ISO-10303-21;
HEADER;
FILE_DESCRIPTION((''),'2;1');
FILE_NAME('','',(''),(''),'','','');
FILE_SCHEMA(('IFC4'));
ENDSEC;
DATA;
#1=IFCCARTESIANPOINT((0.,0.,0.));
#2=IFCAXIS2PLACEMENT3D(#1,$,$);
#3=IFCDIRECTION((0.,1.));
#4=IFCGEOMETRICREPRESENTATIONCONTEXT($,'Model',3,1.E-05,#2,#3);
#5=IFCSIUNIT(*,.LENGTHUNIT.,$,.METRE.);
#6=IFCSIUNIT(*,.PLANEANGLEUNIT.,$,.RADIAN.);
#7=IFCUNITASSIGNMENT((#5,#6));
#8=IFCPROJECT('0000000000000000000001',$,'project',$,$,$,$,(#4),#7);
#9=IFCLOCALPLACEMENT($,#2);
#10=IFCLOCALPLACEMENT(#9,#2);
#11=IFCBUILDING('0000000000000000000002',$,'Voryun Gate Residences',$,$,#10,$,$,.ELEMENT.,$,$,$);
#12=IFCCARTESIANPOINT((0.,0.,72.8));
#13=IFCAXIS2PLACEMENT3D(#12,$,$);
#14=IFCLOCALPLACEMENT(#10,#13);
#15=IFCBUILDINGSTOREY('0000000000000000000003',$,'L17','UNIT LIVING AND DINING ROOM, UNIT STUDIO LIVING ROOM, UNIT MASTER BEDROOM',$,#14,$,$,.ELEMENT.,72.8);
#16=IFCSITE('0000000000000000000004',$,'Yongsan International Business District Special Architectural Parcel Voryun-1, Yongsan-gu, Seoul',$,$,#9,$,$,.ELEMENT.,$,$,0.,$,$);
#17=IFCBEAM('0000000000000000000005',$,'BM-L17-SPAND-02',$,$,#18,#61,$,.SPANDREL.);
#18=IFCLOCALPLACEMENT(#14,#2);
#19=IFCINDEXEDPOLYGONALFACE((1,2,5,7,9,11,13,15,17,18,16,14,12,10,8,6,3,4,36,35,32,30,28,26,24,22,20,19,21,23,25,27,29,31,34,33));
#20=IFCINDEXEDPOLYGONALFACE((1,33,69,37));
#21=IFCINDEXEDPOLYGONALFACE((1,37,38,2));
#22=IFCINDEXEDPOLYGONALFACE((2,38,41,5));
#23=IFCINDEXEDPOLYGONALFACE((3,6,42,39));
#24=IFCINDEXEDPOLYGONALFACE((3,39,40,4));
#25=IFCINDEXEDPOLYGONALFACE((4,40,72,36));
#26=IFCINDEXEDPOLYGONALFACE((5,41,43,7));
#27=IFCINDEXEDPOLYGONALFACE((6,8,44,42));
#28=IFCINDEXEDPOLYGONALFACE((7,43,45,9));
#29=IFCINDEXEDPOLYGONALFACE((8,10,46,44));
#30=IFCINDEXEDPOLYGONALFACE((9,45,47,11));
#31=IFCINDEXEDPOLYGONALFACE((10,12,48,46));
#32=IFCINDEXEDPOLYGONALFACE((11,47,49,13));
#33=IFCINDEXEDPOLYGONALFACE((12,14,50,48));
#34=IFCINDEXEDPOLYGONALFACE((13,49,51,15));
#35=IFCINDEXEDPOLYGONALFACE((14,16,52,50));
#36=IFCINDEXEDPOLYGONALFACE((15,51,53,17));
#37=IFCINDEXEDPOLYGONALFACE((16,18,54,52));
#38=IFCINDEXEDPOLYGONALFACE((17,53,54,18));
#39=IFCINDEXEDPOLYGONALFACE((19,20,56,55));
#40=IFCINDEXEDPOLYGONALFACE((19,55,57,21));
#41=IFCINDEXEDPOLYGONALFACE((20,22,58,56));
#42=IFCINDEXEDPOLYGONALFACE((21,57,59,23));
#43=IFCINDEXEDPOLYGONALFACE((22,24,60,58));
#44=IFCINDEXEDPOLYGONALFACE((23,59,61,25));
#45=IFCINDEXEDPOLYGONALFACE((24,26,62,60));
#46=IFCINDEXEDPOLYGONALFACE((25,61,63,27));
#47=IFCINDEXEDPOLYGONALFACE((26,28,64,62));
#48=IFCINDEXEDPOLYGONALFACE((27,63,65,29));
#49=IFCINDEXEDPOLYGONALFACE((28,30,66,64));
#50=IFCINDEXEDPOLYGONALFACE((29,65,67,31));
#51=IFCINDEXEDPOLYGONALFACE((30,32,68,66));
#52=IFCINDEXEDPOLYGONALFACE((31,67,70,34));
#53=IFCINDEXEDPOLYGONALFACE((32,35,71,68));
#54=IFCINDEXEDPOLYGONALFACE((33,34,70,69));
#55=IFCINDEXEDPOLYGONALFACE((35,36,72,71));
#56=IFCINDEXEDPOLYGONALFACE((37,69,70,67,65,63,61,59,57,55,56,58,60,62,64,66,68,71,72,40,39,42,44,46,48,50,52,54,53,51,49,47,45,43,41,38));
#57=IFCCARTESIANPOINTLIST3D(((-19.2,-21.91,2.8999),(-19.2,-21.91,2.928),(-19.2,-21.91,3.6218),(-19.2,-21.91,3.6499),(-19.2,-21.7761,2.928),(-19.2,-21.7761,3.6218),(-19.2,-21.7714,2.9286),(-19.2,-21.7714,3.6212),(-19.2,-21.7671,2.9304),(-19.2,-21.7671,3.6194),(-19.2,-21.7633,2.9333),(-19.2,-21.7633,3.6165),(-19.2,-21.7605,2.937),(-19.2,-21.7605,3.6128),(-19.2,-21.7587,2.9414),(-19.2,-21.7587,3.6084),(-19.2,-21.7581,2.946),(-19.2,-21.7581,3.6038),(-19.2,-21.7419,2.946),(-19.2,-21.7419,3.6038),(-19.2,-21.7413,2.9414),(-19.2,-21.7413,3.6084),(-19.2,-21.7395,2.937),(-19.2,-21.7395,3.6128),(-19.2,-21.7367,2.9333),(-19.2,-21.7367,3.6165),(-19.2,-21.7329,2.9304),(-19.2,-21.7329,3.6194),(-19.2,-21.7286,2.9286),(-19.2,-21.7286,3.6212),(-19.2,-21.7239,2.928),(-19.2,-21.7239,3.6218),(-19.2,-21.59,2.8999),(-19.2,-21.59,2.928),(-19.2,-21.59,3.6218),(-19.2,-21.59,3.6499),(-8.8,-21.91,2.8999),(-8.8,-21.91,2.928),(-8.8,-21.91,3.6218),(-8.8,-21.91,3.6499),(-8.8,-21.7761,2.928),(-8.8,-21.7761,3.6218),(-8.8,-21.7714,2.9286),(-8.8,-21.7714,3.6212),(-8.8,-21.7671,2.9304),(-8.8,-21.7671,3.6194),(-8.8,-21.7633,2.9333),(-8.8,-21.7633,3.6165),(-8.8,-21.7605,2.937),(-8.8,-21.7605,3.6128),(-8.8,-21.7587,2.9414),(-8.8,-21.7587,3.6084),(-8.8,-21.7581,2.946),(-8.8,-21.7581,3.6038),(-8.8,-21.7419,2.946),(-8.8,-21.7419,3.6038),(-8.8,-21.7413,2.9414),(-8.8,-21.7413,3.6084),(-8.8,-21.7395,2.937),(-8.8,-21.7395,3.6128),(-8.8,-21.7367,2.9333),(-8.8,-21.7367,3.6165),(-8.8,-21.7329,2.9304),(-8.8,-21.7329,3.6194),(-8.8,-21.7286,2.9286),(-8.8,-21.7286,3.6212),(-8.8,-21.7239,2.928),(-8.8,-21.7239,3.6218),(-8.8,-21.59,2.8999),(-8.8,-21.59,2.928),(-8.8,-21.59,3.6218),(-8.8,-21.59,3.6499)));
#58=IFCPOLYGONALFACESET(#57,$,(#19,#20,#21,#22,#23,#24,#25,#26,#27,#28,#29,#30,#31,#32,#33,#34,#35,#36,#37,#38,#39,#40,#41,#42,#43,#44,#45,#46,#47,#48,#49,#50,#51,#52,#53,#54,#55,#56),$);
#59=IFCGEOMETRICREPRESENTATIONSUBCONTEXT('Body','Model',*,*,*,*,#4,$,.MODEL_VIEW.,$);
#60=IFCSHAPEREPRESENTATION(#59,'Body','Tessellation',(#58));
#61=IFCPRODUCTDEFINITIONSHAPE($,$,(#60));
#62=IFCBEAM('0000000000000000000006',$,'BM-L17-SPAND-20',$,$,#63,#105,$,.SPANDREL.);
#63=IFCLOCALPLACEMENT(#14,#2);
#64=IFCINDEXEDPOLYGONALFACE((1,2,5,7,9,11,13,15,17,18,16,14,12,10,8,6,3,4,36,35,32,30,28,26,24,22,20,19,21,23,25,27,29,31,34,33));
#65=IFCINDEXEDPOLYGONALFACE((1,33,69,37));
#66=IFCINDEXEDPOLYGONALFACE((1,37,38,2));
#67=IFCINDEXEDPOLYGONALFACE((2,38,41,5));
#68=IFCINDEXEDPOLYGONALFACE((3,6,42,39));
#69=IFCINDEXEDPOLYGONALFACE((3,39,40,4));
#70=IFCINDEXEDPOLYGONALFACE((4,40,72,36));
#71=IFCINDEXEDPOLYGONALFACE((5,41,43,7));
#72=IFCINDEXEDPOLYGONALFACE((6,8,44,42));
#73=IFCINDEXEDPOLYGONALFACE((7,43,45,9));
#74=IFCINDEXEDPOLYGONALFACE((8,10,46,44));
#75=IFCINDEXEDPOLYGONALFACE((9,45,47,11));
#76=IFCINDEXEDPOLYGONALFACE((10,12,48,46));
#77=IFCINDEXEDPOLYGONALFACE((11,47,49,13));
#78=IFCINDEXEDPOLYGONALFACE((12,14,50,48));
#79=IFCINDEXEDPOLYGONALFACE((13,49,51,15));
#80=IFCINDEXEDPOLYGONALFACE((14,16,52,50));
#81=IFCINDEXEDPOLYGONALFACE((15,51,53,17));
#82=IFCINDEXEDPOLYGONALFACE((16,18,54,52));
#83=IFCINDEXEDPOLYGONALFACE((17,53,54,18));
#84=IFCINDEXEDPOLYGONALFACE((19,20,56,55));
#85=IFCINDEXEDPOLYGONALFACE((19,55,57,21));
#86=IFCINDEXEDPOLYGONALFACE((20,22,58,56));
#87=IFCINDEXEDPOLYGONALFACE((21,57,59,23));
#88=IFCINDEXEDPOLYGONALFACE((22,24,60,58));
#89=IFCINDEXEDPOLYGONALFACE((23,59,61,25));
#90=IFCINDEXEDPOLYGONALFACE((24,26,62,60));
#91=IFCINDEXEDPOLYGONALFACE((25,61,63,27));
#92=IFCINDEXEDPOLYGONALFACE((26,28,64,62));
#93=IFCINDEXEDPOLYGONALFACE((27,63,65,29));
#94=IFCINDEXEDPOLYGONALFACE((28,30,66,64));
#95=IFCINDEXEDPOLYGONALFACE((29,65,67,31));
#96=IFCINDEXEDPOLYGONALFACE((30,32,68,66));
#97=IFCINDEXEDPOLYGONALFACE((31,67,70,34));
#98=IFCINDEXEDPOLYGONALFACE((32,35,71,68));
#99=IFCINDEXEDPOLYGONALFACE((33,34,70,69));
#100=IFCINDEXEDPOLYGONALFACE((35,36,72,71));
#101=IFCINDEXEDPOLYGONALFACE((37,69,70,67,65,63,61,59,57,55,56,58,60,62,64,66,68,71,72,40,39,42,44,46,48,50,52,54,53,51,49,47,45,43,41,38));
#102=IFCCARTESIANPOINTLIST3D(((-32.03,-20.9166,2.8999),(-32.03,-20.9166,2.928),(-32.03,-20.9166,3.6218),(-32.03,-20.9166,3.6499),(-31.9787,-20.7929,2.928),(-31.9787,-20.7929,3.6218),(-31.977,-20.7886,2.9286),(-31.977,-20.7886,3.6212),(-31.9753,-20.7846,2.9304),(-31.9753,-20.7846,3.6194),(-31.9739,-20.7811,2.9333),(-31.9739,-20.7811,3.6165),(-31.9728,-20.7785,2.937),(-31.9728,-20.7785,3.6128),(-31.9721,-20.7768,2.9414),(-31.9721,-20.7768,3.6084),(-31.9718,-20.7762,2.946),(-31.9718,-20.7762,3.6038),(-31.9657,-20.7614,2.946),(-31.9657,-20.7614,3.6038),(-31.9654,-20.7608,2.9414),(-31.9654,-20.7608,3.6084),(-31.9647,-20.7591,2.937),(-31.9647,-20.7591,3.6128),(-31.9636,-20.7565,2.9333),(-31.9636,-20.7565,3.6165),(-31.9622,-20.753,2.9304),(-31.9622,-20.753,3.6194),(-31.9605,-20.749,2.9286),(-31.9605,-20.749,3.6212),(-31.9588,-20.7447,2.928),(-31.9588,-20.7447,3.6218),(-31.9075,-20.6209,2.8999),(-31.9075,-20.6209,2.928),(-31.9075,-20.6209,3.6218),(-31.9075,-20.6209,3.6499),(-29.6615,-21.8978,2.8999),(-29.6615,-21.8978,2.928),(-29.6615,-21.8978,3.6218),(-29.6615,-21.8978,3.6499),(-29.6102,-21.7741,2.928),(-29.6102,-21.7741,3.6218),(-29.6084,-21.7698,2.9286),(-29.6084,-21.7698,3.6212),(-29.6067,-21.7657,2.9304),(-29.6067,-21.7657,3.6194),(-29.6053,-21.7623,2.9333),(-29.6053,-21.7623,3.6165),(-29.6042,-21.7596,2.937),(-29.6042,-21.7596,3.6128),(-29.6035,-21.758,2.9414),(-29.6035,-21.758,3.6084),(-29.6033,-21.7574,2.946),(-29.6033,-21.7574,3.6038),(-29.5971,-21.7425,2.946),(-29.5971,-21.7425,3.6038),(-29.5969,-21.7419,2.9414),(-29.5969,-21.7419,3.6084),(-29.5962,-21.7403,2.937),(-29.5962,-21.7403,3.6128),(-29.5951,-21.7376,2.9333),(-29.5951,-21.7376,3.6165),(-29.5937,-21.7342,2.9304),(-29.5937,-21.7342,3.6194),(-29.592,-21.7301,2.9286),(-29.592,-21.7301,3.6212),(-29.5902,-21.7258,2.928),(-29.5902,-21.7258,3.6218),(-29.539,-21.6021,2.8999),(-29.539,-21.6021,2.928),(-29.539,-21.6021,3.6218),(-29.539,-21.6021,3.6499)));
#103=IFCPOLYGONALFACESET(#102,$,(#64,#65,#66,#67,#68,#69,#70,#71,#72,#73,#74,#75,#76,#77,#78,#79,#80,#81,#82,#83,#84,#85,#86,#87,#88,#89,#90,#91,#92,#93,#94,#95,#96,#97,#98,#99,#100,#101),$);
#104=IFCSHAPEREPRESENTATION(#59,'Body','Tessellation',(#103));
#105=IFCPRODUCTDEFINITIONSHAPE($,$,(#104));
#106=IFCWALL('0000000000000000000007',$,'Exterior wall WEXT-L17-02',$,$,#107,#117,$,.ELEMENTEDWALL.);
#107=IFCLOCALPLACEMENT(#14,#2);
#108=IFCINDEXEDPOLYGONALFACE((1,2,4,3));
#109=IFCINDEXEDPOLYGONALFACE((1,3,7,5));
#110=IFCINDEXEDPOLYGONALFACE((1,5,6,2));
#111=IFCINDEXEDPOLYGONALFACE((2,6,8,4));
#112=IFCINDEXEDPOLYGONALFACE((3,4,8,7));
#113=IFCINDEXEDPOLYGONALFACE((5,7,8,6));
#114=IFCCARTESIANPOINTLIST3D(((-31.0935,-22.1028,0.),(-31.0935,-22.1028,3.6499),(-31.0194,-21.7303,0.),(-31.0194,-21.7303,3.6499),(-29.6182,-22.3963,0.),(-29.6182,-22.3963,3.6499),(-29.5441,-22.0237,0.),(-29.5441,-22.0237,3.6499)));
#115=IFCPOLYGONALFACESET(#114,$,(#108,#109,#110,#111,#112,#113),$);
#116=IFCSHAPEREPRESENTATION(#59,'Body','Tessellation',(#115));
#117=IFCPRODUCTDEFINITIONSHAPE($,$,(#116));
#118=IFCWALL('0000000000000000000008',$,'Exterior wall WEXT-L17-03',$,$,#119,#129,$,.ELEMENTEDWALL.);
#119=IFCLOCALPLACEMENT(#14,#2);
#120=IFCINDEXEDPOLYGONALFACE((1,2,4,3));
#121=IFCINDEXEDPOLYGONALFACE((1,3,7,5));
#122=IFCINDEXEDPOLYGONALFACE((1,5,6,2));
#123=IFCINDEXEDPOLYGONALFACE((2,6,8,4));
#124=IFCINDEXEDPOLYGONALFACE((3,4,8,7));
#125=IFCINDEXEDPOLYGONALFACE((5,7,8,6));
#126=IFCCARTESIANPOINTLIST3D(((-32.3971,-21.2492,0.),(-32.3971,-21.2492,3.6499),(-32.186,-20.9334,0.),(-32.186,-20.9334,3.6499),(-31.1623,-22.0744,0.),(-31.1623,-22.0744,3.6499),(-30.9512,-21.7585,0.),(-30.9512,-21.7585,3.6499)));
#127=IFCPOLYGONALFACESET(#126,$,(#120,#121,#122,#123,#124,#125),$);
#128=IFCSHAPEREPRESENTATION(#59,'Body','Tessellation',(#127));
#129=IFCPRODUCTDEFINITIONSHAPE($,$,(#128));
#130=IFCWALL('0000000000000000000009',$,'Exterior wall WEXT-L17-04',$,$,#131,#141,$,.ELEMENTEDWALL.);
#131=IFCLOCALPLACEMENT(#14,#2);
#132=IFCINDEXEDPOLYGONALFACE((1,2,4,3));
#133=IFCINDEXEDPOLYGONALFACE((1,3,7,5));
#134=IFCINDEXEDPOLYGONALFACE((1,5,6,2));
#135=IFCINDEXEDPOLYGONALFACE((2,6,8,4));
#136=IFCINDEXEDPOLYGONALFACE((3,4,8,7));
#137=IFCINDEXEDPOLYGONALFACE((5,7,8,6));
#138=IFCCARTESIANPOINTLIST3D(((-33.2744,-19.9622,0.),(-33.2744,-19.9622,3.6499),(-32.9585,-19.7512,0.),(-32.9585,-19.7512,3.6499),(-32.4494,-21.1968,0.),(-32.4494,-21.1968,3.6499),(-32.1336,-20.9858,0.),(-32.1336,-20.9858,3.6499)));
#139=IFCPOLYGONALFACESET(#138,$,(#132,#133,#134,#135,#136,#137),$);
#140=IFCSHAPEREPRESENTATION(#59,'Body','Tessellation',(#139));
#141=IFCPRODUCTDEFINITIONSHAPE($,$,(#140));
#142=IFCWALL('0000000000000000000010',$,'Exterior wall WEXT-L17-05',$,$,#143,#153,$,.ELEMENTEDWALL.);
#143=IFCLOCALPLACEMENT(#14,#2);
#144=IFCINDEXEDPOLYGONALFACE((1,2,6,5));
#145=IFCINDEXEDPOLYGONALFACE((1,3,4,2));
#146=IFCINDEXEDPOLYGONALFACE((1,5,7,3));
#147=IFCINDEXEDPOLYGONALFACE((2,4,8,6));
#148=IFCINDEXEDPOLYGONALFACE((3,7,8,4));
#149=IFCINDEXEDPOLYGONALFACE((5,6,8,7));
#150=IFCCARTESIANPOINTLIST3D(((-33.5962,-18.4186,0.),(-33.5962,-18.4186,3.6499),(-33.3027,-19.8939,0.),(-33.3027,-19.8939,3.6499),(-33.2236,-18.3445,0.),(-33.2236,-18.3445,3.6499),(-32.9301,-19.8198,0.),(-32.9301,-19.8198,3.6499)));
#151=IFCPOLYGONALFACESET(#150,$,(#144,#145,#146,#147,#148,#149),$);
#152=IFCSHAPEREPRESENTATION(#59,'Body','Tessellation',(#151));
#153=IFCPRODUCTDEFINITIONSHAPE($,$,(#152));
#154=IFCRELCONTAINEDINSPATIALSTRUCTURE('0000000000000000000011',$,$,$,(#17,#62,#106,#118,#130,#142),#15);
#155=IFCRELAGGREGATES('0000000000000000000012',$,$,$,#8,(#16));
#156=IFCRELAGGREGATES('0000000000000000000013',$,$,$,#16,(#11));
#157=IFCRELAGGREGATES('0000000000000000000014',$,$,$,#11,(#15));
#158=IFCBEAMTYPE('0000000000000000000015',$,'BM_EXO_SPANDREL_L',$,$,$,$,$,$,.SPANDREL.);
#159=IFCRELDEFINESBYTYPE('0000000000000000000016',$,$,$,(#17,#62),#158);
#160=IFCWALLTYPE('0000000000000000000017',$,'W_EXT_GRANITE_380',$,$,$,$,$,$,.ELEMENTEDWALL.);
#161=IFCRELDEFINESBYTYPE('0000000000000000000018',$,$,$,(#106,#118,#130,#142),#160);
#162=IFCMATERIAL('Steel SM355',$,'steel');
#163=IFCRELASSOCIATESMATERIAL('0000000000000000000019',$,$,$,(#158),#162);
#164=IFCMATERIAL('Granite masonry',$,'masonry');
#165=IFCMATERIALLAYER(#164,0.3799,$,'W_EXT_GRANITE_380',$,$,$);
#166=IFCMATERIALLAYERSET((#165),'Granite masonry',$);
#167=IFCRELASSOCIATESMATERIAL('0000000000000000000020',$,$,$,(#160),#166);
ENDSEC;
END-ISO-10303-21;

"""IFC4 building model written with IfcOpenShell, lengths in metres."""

from ifc_helpers import new_model, si_unit, direction, frame, frame_2d, origin, origin_2d, place, context, subcontext, project, spatial, rectangle, i_section, extrude, material, layer, layer_set, material_profile, profile_set, type_object, element, save


model = new_model("IFC4")

# Units and contexts
model_context = context("Model", 3, precision=1e-05, world=origin(), true_north=direction((0.0, 1.0)))
body_context = subcontext(model_context, "Body", "Model", "MODEL_VIEW")
ifc_project = project(units=[si_unit("LENGTHUNIT", "METRE"), si_unit("PLANEANGLEUNIT", "RADIAN")], contexts=[model_context])

# Site, building, storey
site_placement = place(None, origin())
site = spatial("IfcSite", under=ifc_project, at=site_placement, Name="Yongsan International Business District Special Architectural Parcel Voryun-1, Yongsan-gu, Seoul", CompositionType="ELEMENT", RefElevation=0.0)
building_placement = place(site_placement, origin())
building = spatial("IfcBuilding", under=site, at=building_placement, Name="Voryun Gate Residences", CompositionType="ELEMENT")
storey_placement = place(building_placement, frame((0.0, 0.0, 72.8)))
storey = spatial("IfcBuildingStorey", under=building, at=storey_placement, Name="L17", Description="UNIT LIVING AND DINING ROOM, UNIT STUDIO LIVING ROOM, UNIT MASTER BEDROOM", CompositionType="ELEMENT", Elevation=72.8)

# Beams
ifc_material_1 = material(Name="Steel SM355", Category="steel")
ifc_material_profile_1 = material_profile(ifc_material_1, i_section(OverallWidth=0.3201, OverallDepth=0.75, WebThickness=0.0161, FlangeThickness=0.0281, FilletRadius=0.0181, at=origin_2d()), Name="H-750x320x16x28")
ifc_profile_set_1 = profile_set([ifc_material_profile_1], Name="Steel SM355")
beam_type = type_object("IfcBeamType", Name="BM_EXO_SPANDREL_L", PredefinedType="SPANDREL", material=ifc_profile_set_1)
beam_1_placement = place(storey_placement, frame((-19.2, -21.75, 3.2749), z_axis=(1.0, 0.0, 0.0), x_axis=(0.0, 1.0, 0.0)))
element("IfcBeam", 1, at=beam_1_placement, inside=storey, type_object=beam_type, Name="BM-L17-SPAND-02", PredefinedType="SPANDREL", context=body_context, shape_type="SweptSolid", body=[
    extrude(i_section(OverallWidth=0.3201, OverallDepth=0.75, WebThickness=0.0161, FlangeThickness=0.0281, FilletRadius=0.0181, at=origin_2d()), origin(), (0.0, 0.0, 1.0), 10.3999),
])
beam_2_placement = place(storey_placement, frame((-31.9688, -20.7688, 3.2749), z_axis=(0.923869, -0.382708, 0.0), x_axis=(0.382708, 0.923869, 0.0)))
element("IfcBeam", 2, at=beam_2_placement, inside=storey, type_object=beam_type, Name="BM-L17-SPAND-20", PredefinedType="SPANDREL", context=body_context, shape_type="SweptSolid", body=[
    extrude(i_section(OverallWidth=0.3201, OverallDepth=0.75, WebThickness=0.0161, FlangeThickness=0.0281, FilletRadius=0.0181, at=origin_2d()), origin(), (0.0, 0.0, 1.0), 2.5637),
])

# Walls
ifc_material_2 = material(Name="Granite masonry", Category="masonry")
ifc_layer_1 = layer(ifc_material_2, 0.3799, Name="W_EXT_GRANITE_380")
ifc_layer_set_1 = layer_set([ifc_layer_1], Name="Granite masonry")
wall_type_1 = type_object("IfcWallType", Name="W_EXT_GRANITE_380", PredefinedType="ELEMENTEDWALL", material=ifc_layer_set_1)
wall_1_placement = place(storey_placement, frame((-29.5813, -22.21, 0.0), z_axis=(0.0, 0.0, 1.0), x_axis=(-0.980786, 0.195086, 0.0)))
element("IfcWall", 3, at=wall_1_placement, inside=storey, type_object=wall_type_1, Name="Exterior wall WEXT-L17-02", PredefinedType="ELEMENTEDWALL", context=body_context, shape_type="SweptSolid", body=[
    extrude(rectangle(XDim=1.5042, YDim=0.3799, at=frame_2d((0.752, 0.0))), origin(), (0.0, 0.0, 1.0), 3.6499),
])
wall_2_placement = place(storey_placement, frame((-31.0566, -21.9165, 0.0), z_axis=(0.0, 0.0, 1.0), x_axis=(-0.831443, 0.55561, 0.0)))
element("IfcWall", 4, at=wall_2_placement, inside=storey, type_object=wall_type_1, Name="Exterior wall WEXT-L17-03", PredefinedType="ELEMENTEDWALL", context=body_context, shape_type="SweptSolid", body=[
    extrude(rectangle(XDim=1.4851, YDim=0.3799, at=frame_2d((0.7427, 0.0))), origin(), (0.0, 0.0, 1.0), 3.6499),
])
wall_3_placement = place(storey_placement, frame((-32.2915, -21.0913, 0.0), z_axis=(0.0, 0.0, 1.0), x_axis=(-0.555573, 0.831468, 0.0)))
element("IfcWall", 5, at=wall_3_placement, inside=storey, type_object=wall_type_1, Name="Exterior wall WEXT-L17-04", PredefinedType="ELEMENTEDWALL", context=body_context, shape_type="SweptSolid", body=[
    extrude(rectangle(XDim=1.4849, YDim=0.3799, at=frame_2d((0.7424, 0.0))), origin(), (0.0, 0.0, 1.0), 3.6499),
])
wall_4_placement = place(storey_placement, frame((-33.1165, -19.8567, 0.0), z_axis=(0.0, 0.0, 1.0), x_axis=(-0.195086, 0.980786, 0.0)))
element("IfcWall", 6, at=wall_4_placement, inside=storey, type_object=wall_type_1, Name="Exterior wall WEXT-L17-05", PredefinedType="ELEMENTEDWALL", context=body_context, shape_type="SweptSolid", body=[
    extrude(rectangle(XDim=1.5042, YDim=0.3799, at=frame_2d((0.752, 0.0))), origin(), (0.0, 0.0, 1.0), 3.6499),
])

save(model, "model.ifc")
